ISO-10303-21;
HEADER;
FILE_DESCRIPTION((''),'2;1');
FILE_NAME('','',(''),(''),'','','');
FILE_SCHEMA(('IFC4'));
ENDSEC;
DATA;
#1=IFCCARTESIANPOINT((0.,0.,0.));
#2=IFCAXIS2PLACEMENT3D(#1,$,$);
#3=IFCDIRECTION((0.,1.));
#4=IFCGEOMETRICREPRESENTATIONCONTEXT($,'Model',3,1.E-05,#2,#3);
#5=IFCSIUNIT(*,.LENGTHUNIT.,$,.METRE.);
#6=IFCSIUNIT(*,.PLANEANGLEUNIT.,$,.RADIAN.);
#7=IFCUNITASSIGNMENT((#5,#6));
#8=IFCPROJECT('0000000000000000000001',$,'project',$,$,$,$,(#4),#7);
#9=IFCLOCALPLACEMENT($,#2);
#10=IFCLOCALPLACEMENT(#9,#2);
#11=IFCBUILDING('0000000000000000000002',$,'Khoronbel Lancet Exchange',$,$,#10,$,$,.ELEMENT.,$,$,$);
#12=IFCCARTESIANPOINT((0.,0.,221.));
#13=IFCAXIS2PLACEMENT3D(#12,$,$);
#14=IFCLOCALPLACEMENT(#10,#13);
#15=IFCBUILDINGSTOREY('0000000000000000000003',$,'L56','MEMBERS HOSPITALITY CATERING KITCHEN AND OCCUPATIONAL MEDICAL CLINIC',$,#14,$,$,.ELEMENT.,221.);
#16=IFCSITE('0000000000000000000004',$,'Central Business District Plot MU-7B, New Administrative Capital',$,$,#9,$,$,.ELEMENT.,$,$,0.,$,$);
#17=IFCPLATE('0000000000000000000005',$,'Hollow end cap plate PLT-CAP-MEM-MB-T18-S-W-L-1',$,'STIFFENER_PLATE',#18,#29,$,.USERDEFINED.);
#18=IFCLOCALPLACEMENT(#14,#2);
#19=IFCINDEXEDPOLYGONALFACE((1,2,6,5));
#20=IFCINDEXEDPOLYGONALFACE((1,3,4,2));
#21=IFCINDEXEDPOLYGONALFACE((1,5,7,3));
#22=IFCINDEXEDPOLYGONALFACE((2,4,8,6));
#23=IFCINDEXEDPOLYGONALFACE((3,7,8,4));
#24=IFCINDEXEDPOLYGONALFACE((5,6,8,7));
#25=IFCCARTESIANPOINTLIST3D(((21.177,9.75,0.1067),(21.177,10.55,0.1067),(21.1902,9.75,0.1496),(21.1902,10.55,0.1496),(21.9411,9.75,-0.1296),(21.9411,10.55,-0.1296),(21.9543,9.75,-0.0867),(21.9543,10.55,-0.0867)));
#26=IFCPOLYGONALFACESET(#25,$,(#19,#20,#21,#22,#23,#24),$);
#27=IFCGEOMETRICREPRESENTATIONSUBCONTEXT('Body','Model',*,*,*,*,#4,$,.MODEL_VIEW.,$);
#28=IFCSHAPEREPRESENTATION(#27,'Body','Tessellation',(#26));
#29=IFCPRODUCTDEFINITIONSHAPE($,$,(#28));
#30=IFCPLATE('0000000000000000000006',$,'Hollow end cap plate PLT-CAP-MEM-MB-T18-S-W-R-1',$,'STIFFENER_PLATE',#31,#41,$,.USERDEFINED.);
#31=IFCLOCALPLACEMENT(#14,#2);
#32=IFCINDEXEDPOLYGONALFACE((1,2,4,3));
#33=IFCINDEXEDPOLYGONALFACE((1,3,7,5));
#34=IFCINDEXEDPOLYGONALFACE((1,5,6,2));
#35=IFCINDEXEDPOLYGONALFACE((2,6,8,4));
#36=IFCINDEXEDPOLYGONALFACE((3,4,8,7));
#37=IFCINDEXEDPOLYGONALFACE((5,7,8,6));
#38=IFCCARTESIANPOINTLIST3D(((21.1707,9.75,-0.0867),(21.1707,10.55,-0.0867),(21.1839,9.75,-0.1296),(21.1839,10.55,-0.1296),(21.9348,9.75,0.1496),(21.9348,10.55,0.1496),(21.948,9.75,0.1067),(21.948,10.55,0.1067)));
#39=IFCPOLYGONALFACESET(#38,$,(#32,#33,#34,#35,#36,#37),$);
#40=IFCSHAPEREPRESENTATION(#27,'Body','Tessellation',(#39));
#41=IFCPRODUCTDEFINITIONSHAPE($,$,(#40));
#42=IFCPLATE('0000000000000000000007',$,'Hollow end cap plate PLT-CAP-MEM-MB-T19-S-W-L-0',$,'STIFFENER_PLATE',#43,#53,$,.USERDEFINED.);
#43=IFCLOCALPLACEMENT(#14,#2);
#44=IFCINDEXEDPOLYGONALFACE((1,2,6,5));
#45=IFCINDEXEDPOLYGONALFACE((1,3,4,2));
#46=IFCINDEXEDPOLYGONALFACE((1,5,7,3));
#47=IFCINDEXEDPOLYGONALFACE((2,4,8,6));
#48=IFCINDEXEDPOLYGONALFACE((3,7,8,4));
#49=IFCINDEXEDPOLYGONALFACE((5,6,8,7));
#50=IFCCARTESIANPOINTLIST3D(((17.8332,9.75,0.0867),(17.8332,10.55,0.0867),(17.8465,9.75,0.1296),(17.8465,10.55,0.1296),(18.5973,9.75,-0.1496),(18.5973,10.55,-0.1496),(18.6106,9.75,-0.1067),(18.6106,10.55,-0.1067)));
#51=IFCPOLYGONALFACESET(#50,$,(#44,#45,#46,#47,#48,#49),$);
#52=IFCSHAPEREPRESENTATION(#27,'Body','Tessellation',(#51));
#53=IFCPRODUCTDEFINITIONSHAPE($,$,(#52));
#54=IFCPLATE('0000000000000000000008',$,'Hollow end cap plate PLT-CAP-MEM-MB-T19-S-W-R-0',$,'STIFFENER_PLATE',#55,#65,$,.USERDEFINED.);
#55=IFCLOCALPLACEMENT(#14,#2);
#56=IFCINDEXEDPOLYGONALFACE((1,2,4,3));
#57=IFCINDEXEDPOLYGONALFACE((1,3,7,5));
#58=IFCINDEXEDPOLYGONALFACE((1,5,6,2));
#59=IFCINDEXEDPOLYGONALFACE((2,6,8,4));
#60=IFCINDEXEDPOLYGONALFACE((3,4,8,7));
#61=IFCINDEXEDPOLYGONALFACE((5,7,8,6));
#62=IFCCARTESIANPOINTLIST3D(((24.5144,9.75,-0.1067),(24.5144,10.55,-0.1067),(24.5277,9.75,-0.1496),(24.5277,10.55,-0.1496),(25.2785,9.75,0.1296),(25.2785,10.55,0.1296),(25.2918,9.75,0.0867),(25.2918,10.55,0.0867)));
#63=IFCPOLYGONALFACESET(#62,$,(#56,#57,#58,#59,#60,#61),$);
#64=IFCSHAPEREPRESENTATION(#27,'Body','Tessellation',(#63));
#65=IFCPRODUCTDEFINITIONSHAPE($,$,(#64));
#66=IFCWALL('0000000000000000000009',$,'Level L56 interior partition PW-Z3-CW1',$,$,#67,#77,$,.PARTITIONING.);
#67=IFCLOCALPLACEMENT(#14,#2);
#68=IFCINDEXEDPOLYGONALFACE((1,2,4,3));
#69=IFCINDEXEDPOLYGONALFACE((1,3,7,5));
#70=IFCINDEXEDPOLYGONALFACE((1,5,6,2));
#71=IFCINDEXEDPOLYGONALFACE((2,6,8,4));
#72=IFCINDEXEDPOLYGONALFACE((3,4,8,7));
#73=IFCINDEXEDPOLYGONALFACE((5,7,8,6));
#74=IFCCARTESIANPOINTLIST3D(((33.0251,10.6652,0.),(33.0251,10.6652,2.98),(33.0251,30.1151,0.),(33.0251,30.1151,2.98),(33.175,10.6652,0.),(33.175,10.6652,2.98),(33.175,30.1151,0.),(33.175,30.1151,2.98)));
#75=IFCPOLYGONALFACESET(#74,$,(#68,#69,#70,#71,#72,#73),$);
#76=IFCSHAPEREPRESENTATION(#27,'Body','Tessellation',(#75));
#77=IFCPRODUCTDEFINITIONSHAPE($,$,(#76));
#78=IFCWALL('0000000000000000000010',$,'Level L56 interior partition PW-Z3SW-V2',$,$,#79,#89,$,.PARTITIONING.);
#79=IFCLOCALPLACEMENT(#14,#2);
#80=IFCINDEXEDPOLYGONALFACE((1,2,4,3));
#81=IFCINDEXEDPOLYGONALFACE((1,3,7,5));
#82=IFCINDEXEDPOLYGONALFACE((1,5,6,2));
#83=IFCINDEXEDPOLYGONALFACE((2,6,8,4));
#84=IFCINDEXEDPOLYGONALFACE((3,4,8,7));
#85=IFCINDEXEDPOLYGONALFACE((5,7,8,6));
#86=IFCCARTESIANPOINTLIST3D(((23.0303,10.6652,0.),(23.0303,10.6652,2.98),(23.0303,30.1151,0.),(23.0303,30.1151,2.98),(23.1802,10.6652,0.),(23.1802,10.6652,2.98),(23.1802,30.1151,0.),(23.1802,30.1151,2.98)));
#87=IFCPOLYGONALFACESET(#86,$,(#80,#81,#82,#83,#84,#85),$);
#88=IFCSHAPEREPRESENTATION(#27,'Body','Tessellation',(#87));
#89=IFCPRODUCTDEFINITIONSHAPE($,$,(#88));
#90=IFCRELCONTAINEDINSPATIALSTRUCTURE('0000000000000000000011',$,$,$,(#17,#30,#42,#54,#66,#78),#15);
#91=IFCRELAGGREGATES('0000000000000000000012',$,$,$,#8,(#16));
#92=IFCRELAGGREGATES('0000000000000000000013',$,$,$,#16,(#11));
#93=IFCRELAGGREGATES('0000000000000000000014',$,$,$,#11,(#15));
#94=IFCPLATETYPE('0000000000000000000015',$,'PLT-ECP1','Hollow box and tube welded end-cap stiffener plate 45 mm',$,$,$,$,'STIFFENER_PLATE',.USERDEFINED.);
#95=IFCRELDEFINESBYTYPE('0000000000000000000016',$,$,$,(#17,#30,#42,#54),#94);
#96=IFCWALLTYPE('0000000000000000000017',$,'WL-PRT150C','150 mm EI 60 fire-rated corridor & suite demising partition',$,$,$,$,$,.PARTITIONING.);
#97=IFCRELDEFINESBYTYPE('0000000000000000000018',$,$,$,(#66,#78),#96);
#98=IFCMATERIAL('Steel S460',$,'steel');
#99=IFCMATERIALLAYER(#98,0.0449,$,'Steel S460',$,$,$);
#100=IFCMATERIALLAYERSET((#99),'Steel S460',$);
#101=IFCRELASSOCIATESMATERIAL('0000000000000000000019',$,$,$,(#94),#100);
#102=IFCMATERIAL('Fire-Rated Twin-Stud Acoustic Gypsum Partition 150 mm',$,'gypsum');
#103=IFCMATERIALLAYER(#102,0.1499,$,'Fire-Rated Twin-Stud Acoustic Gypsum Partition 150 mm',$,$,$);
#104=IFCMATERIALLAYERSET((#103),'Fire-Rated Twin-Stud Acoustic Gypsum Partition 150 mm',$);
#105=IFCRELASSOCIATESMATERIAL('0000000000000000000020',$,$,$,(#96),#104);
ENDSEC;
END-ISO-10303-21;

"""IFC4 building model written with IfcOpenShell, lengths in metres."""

from ifc_helpers import new_model, si_unit, direction, frame, frame_2d, origin, place, context, subcontext, project, spatial, polyline, rectangle, outline, extrude, material, layer, layer_set, type_object, element, save


model = new_model("IFC4")

# Units and contexts
model_context = context("Model", 3, precision=1e-05, world=origin(), true_north=direction((0.0, 1.0)))
body_context = subcontext(model_context, "Body", "Model", "MODEL_VIEW")
ifc_project = project(units=[si_unit("LENGTHUNIT", "METRE"), si_unit("PLANEANGLEUNIT", "RADIAN")], contexts=[model_context])

# Site, building, storey
site_placement = place(None, origin())
site = spatial("IfcSite", under=ifc_project, at=site_placement, Name="Central Business District Plot MU-7B, New Administrative Capital", CompositionType="ELEMENT", RefElevation=0.0)
building_placement = place(site_placement, origin())
building = spatial("IfcBuilding", under=site, at=building_placement, Name="Khoronbel Lancet Exchange", CompositionType="ELEMENT")
storey_placement = place(building_placement, frame((0.0, 0.0, 221.0)))
storey = spatial("IfcBuildingStorey", under=building, at=storey_placement, Name="L56", Description="MEMBERS HOSPITALITY CATERING KITCHEN AND OCCUPATIONAL MEDICAL CLINIC", CompositionType="ELEMENT", Elevation=221.0)

# Shared definitions
ifc_material_1 = material(Name="Steel S460", Category="steel")

# Plates
ifc_layer_1 = layer(ifc_material_1, 0.0449, Name="Steel S460")
ifc_layer_set_1 = layer_set([ifc_layer_1], Name="Steel S460")
plate_type_1 = type_object("IfcPlateType", Name="PLT-ECP1", Description="Hollow box and tube welded end-cap stiffener plate 45 mm", ElementType="STIFFENER_PLATE", PredefinedType="USERDEFINED", material=ifc_layer_set_1)
for number, where, z_axis, x_axis, name in (
    (1, (21.9543, 9.75, -0.0867), (0.295458, 0.0, 0.955356), (0.0, 1.0, 0.0), "Hollow end cap plate PLT-CAP-MEM-MB-T18-S-W-L-1"),
    (2, (21.1707, 10.55, -0.0867), (-0.295458, 0.0, 0.955356), (0.0, -1.0, 0.0), "Hollow end cap plate PLT-CAP-MEM-MB-T18-S-W-R-1"),
    (3, (18.6106, 9.75, -0.1067), (0.295458, 0.0, 0.955356), (0.0, 1.0, 0.0), "Hollow end cap plate PLT-CAP-MEM-MB-T19-S-W-L-0"),
    (4, (24.5144, 10.55, -0.1067), (-0.295458, 0.0, 0.955356), (0.0, -1.0, 0.0), "Hollow end cap plate PLT-CAP-MEM-MB-T19-S-W-R-0"),
):
    element("IfcPlate", number, at=place(storey_placement, frame(where, z_axis=z_axis, x_axis=x_axis)), inside=storey, type_object=plate_type_1, Name=name, ObjectType="STIFFENER_PLATE", PredefinedType="USERDEFINED", context=body_context, shape_type="SweptSolid", body=[
        extrude(outline(polyline([(0.0, 0.0), (0.8, 0.0), (0.8, 0.7998), (0.0, 0.7998), (0.0, 0.0)])), origin(), (0.0, 0.0, -1.0), 0.0449),
    ])

# Walls
ifc_material_2 = material(Name="Fire-Rated Twin-Stud Acoustic Gypsum Partition 150 mm", Category="gypsum")
ifc_layer_2 = layer(ifc_material_2, 0.1499, Name="Fire-Rated Twin-Stud Acoustic Gypsum Partition 150 mm")
ifc_layer_set_2 = layer_set([ifc_layer_2], Name="Fire-Rated Twin-Stud Acoustic Gypsum Partition 150 mm")
wall_type = type_object("IfcWallType", Name="WL-PRT150C", Description="150 mm EI 60 fire-rated corridor & suite demising partition", PredefinedType="PARTITIONING", material=ifc_layer_set_2)
for number, where, z_axis, x_axis, name in (
    (5, (33.1001, 10.665, 0.0), (0.0, 0.0, 1.0), (0.0, 1.0, 0.0), "Level L56 interior partition PW-Z3-CW1"),
    (6, (23.1052, 10.665, 0.0), (0.0, 0.0, 1.0), (0.0, 1.0, 0.0), "Level L56 interior partition PW-Z3SW-V2"),
):
    element("IfcWall", number, at=place(storey_placement, frame(where, z_axis=z_axis, x_axis=x_axis)), inside=storey, type_object=wall_type, Name=name, PredefinedType="PARTITIONING", context=body_context, shape_type="SweptSolid", body=[
        extrude(rectangle(XDim=19.45, YDim=0.1499, at=frame_2d((9.7251, 0.0))), origin(), (0.0, 0.0, 1.0), 2.98),
    ])

save(model, "model.ifc")
